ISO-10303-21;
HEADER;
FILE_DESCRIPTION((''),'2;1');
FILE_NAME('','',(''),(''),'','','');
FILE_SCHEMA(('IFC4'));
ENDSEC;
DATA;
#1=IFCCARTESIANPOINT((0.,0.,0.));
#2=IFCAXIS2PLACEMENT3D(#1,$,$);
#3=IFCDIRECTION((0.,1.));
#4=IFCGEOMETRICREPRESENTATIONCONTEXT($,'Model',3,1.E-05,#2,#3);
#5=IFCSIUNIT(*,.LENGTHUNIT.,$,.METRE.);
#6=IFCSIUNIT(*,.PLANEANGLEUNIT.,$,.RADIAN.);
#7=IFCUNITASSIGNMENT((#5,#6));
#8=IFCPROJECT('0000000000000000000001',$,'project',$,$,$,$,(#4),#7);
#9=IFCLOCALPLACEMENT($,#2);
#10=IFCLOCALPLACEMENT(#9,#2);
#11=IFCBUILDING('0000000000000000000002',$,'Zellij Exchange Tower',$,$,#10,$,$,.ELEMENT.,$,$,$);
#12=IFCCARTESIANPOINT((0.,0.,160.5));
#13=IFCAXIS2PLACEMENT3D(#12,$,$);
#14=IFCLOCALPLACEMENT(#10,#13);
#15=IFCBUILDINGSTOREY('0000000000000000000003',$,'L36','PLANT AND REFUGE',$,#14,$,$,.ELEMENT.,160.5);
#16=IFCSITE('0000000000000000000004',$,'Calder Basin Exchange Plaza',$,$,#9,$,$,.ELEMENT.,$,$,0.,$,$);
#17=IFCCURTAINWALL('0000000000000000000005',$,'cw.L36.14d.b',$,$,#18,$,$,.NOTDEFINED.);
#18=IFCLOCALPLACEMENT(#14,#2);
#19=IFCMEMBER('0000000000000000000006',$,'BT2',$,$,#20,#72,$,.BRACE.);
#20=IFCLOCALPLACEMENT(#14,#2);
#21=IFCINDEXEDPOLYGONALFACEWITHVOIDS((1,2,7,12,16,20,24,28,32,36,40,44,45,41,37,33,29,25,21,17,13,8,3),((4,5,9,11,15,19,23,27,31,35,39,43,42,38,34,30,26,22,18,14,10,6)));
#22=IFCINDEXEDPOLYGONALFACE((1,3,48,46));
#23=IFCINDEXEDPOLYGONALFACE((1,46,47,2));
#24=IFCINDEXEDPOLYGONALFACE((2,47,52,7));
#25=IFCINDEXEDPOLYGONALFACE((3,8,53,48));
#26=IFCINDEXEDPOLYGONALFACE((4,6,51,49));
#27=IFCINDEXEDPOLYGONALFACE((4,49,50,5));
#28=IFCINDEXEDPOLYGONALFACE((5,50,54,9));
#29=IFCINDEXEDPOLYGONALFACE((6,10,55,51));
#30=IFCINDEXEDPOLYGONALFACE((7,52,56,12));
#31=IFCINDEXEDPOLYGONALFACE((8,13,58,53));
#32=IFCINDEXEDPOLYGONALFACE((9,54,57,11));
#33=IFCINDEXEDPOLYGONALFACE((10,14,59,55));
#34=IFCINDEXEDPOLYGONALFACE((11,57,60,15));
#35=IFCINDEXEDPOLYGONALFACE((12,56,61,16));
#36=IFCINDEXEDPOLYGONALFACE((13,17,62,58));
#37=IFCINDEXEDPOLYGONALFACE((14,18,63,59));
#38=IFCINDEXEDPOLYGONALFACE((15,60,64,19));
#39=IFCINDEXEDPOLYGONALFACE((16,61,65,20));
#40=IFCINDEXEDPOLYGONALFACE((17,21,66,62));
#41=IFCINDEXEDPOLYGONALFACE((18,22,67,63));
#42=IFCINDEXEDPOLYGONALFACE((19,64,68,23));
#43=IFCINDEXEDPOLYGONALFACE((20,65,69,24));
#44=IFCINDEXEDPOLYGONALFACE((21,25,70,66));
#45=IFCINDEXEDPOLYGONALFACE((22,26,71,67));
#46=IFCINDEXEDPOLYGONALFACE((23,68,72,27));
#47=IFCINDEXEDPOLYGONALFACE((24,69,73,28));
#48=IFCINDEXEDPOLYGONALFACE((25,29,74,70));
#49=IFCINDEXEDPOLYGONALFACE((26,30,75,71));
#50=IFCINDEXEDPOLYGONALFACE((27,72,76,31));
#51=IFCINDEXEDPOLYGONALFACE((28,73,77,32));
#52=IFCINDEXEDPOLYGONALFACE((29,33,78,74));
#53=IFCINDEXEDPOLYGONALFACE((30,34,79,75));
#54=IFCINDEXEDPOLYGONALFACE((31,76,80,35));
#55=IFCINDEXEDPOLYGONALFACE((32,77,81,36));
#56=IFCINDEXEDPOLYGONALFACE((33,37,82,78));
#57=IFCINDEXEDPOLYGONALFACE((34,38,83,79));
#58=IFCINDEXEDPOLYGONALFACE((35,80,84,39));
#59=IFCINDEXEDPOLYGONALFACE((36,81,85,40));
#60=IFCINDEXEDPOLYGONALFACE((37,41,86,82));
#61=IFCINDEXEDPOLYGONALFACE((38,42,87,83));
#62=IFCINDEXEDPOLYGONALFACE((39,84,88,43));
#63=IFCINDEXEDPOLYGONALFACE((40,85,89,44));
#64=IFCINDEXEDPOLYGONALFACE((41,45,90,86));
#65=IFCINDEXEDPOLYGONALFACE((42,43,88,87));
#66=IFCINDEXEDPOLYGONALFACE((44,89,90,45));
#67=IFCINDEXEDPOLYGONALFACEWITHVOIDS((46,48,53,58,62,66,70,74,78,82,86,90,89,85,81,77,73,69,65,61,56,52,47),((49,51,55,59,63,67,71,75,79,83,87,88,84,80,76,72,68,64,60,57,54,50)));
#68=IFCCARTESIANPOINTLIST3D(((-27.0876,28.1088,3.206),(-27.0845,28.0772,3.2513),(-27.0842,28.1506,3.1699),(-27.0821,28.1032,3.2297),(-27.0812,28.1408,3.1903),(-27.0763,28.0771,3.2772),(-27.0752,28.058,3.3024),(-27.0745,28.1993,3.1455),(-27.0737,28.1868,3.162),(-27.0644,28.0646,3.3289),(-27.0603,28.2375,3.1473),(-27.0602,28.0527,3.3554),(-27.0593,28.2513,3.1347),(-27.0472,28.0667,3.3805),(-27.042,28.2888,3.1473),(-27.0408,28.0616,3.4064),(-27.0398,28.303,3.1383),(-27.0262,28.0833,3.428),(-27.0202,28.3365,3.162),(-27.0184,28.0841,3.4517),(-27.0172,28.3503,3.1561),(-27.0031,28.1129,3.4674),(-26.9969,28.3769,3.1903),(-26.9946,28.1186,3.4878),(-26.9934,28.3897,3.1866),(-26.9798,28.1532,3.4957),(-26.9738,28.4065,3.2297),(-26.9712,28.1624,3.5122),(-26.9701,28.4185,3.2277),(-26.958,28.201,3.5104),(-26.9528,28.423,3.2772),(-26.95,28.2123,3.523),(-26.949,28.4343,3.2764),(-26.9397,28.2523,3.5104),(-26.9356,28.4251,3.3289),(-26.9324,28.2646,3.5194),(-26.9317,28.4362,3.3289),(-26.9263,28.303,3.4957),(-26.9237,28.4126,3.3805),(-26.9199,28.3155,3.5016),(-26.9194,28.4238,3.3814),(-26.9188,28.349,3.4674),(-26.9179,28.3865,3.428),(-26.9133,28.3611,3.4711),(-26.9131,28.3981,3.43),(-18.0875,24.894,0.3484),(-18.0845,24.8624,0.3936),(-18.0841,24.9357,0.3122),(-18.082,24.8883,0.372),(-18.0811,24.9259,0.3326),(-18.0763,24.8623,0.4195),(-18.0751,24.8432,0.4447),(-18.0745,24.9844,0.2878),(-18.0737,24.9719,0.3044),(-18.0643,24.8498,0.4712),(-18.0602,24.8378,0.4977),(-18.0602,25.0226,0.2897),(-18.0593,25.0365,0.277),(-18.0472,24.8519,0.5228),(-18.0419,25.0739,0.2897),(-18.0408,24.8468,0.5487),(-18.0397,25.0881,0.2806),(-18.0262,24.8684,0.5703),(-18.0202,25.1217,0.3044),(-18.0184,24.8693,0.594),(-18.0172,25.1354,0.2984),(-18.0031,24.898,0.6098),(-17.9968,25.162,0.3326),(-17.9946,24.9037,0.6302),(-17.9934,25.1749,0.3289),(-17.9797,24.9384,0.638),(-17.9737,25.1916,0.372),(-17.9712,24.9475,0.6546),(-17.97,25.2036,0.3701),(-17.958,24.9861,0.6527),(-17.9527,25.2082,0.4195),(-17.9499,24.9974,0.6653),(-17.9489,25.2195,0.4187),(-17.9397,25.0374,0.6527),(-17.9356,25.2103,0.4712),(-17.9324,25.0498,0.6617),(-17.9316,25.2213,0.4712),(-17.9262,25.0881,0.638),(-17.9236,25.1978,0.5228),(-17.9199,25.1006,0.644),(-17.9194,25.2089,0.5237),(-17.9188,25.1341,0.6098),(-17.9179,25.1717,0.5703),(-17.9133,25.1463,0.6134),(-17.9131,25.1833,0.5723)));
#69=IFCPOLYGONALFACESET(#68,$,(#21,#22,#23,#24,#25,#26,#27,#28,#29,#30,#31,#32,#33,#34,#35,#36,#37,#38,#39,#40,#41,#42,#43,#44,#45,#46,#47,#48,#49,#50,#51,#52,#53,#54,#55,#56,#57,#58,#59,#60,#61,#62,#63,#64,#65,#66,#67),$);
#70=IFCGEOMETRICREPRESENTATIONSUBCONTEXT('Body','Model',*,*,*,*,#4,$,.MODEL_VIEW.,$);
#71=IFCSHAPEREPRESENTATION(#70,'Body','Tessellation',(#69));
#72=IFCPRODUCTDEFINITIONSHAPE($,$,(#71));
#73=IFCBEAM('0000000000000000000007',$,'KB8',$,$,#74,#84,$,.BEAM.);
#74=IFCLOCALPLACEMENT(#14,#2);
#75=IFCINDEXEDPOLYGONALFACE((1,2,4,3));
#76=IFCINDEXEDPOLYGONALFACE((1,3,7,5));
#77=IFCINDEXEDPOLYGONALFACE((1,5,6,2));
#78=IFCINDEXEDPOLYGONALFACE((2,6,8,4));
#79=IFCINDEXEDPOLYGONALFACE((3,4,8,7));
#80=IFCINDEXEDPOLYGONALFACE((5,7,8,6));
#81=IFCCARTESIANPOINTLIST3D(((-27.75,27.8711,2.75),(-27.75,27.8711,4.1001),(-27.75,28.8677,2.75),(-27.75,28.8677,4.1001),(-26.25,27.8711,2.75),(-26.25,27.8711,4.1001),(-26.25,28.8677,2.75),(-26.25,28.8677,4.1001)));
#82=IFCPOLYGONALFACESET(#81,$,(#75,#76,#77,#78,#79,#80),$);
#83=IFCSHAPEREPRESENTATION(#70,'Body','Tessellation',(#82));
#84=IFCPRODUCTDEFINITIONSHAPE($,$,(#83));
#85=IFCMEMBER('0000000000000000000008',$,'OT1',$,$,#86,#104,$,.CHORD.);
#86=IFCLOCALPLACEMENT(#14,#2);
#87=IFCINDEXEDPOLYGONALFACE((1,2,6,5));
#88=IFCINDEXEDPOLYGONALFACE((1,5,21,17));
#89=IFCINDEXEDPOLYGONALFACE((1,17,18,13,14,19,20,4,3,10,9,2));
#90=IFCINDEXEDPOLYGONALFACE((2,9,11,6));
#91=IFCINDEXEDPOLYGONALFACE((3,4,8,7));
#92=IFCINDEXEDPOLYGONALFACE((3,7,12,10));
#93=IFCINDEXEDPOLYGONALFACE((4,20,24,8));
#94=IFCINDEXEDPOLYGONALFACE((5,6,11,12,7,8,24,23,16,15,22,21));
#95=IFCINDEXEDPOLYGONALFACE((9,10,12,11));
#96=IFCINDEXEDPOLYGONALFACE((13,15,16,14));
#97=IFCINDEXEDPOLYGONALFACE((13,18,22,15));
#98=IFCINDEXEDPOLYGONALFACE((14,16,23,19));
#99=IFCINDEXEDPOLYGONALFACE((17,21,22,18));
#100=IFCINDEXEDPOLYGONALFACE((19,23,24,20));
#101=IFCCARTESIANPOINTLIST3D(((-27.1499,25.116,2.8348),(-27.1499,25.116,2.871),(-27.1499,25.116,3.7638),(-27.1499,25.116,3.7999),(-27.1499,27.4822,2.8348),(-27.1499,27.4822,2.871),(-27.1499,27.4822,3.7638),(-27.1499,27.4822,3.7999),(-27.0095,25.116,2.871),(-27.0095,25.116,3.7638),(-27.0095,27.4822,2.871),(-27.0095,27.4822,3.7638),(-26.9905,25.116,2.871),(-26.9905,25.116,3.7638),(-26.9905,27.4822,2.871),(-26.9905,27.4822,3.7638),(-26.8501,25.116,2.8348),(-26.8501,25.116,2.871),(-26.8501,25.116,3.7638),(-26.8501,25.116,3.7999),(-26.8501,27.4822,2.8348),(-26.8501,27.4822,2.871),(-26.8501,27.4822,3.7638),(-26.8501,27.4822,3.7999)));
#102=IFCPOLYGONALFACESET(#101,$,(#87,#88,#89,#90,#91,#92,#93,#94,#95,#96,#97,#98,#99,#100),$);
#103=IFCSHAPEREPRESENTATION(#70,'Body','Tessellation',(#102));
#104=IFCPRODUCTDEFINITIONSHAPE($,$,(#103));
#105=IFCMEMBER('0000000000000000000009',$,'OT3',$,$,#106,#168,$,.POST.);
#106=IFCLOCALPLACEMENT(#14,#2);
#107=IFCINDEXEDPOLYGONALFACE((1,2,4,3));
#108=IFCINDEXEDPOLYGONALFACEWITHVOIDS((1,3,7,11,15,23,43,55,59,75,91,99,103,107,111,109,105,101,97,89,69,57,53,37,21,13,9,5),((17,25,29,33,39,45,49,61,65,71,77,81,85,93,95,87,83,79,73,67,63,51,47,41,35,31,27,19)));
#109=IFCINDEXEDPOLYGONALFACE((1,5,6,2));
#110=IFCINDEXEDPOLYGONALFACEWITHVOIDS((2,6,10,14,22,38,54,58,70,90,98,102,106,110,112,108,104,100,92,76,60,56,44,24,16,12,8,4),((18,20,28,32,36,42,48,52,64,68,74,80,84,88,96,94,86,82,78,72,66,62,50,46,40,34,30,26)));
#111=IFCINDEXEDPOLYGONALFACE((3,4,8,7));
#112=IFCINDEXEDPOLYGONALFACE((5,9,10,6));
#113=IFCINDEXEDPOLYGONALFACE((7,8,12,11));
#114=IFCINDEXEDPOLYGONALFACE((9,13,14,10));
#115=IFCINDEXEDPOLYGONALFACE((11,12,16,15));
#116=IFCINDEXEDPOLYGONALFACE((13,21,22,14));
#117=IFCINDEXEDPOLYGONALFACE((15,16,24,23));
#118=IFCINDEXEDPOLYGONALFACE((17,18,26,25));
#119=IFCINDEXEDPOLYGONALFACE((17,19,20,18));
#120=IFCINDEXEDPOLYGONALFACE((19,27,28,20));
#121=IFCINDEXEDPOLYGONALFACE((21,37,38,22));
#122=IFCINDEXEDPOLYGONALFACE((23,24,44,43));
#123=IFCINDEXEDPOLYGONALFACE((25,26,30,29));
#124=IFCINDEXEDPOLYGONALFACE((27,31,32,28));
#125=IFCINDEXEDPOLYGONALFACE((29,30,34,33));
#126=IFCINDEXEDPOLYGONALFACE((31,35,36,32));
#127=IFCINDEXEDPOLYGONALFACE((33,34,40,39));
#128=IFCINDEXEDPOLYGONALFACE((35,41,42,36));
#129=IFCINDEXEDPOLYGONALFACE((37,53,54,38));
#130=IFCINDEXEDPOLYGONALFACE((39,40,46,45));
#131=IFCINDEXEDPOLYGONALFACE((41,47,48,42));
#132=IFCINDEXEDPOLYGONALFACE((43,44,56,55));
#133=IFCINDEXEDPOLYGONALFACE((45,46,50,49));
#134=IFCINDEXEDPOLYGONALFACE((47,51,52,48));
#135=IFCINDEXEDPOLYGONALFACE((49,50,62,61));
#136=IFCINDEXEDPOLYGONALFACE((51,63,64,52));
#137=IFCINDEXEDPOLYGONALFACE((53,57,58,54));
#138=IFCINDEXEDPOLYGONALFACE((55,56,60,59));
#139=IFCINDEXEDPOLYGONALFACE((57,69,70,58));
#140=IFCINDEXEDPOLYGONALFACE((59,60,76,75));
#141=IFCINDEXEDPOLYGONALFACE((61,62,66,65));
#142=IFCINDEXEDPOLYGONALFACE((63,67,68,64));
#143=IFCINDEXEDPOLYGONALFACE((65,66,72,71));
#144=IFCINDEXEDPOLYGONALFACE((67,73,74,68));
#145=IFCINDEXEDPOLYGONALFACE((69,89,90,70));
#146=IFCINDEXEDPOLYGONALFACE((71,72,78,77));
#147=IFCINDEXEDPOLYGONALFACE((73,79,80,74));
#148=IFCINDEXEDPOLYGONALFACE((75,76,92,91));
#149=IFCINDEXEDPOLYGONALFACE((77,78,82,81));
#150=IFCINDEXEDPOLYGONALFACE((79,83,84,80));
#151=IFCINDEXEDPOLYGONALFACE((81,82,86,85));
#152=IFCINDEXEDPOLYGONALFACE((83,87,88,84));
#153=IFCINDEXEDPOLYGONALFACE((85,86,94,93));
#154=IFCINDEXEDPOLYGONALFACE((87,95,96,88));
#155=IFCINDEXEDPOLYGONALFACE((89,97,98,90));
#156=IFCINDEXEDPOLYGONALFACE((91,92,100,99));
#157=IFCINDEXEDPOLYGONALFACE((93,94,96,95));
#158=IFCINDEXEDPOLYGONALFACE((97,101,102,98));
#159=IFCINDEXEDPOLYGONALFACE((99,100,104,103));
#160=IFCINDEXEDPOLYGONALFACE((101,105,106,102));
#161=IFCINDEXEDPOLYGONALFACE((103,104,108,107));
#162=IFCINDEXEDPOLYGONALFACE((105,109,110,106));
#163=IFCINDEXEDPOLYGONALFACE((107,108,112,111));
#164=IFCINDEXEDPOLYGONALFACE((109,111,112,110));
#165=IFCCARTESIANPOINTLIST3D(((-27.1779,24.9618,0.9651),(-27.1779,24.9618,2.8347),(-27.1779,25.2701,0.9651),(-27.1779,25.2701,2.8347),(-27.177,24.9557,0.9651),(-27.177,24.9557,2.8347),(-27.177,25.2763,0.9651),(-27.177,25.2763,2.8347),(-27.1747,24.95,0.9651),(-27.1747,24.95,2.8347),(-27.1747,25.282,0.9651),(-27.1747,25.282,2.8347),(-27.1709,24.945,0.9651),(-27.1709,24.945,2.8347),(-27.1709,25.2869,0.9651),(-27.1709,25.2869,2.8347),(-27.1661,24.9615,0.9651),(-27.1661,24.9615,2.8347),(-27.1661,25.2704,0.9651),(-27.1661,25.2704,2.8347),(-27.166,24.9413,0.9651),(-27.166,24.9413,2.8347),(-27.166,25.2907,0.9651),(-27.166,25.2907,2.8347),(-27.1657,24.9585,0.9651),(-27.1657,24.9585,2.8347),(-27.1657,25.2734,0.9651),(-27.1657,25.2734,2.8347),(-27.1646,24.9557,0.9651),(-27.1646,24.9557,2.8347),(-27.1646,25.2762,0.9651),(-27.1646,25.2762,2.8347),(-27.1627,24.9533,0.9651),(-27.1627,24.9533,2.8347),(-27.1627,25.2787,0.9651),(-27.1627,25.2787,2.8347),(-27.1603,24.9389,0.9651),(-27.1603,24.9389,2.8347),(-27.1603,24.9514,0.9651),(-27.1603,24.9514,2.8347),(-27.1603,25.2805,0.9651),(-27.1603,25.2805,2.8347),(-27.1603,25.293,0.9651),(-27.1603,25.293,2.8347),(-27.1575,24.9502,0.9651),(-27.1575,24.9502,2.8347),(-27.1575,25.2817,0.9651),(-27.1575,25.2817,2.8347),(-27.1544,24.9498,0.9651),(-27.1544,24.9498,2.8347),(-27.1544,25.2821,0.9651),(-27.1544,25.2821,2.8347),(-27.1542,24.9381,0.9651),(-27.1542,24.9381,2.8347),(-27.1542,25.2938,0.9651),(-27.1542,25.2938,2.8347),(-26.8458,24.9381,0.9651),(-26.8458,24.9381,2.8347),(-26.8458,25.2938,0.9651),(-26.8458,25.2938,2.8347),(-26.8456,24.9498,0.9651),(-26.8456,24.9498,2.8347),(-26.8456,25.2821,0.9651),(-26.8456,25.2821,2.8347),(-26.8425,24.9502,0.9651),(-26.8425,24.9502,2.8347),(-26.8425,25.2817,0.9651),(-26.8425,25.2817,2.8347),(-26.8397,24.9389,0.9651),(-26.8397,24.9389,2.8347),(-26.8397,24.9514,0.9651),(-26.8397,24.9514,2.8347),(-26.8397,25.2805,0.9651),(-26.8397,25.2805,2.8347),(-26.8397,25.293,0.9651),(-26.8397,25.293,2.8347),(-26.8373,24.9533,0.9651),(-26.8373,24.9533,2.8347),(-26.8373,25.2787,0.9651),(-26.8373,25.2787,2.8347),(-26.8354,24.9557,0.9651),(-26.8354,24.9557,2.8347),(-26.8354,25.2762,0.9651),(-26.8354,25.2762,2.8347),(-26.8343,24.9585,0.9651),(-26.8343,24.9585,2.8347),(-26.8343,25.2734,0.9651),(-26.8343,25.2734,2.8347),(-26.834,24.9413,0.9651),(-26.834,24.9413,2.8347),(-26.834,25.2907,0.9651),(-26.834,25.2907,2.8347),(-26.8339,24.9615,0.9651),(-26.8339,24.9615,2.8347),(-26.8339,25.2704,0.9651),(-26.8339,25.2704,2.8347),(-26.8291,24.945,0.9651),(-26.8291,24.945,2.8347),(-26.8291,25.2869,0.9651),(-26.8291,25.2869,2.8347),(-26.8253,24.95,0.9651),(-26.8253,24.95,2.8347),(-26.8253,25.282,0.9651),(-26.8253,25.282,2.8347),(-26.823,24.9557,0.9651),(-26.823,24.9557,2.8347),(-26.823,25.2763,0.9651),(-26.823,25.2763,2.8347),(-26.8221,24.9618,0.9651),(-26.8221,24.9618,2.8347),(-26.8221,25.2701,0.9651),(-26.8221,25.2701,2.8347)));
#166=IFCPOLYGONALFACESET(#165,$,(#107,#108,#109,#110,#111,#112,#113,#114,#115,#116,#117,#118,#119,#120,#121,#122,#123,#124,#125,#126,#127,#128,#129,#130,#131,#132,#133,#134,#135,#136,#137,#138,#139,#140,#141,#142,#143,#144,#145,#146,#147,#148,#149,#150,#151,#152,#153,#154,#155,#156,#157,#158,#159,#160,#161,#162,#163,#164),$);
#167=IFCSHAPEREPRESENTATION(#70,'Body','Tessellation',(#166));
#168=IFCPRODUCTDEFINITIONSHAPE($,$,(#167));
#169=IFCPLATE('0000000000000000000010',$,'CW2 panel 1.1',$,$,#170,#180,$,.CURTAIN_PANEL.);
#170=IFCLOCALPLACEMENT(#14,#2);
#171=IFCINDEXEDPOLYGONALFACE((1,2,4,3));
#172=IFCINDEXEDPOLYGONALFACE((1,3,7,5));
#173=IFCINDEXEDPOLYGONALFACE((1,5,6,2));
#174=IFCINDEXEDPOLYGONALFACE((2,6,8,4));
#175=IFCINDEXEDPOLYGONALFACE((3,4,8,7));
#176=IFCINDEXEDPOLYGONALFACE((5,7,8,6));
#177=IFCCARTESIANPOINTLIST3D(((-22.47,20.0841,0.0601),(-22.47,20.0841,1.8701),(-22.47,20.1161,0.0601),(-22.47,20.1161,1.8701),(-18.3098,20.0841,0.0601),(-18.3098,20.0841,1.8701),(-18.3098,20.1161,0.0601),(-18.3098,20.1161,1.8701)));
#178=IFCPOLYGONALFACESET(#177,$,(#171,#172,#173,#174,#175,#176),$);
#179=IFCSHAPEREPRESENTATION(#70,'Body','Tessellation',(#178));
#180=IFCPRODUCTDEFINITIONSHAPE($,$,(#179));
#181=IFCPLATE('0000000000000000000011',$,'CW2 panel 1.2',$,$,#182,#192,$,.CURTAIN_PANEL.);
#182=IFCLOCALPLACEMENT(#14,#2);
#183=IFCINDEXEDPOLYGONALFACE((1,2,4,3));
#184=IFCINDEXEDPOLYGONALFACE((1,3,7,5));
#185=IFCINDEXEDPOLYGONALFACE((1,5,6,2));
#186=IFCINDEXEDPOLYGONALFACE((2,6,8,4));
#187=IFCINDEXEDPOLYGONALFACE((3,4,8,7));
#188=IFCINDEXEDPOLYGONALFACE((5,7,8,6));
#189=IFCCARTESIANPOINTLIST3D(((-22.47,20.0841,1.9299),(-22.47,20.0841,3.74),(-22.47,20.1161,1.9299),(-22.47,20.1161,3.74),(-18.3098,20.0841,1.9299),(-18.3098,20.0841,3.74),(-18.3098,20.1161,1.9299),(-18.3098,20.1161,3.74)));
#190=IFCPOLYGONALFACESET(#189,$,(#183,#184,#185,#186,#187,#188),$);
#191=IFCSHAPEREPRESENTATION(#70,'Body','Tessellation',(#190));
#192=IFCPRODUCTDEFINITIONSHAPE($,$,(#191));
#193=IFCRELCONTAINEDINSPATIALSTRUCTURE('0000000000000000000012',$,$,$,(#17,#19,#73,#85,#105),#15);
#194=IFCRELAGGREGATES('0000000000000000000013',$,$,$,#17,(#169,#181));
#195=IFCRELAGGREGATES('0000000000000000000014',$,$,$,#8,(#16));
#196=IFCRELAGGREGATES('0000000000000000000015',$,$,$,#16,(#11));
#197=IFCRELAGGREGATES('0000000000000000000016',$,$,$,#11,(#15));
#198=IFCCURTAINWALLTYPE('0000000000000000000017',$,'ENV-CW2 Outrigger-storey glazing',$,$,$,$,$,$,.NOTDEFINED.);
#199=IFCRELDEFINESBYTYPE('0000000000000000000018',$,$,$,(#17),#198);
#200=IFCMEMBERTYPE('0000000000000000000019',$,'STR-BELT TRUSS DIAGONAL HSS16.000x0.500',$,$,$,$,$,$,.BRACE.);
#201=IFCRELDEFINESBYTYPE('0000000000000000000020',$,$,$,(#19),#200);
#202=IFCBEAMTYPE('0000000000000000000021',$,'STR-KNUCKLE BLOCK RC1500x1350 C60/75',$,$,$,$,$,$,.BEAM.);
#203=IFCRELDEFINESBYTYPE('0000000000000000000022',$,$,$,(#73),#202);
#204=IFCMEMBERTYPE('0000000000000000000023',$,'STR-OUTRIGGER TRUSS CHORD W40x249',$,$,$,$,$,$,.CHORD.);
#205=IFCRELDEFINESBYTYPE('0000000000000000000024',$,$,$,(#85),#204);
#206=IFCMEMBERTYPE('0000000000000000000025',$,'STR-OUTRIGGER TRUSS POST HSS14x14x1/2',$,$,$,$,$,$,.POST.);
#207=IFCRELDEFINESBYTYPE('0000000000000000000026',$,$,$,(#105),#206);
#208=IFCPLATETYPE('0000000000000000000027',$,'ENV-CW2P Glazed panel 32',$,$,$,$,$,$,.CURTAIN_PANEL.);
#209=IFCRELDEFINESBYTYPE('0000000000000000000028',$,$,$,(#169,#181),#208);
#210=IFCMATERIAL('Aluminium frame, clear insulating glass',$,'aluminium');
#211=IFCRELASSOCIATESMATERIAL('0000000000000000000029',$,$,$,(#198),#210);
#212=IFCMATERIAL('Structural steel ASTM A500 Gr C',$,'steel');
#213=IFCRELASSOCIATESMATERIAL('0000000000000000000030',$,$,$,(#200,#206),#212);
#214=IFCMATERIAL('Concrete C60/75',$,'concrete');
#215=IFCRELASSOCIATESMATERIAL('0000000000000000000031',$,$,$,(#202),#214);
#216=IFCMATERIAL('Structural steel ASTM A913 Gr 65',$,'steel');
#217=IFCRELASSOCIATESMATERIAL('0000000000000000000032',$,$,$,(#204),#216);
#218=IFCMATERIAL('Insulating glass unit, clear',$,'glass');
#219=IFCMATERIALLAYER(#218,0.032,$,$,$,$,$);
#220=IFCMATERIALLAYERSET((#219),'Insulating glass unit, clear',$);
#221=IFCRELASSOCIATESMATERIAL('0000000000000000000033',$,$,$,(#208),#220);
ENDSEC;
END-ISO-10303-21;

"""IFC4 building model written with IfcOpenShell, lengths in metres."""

from ifc_helpers import new_model, si_unit, direction, frame, origin, origin_2d, place, context, subcontext, project, spatial, rectangle, hollow_rectangle, hollow_circle, i_section, extrude, material, layer, layer_set, material_profile, profile_set, type_object, element, aggregate, save


model = new_model("IFC4")

# Units and contexts
model_context = context("Model", 3, precision=1e-05, world=origin(), true_north=direction((0.0, 1.0)))
body_context = subcontext(model_context, "Body", "Model", "MODEL_VIEW")
ifc_project = project(units=[si_unit("LENGTHUNIT", "METRE"), si_unit("PLANEANGLEUNIT", "RADIAN")], contexts=[model_context])

# Site, building, storey
site_placement = place(None, origin())
site = spatial("IfcSite", under=ifc_project, at=site_placement, Name="Calder Basin Exchange Plaza", CompositionType="ELEMENT", RefElevation=0.0)
building_placement = place(site_placement, origin())
building = spatial("IfcBuilding", under=site, at=building_placement, Name="Zellij Exchange Tower", CompositionType="ELEMENT")
storey_placement = place(building_placement, frame((0.0, 0.0, 160.5)))
storey = spatial("IfcBuildingStorey", under=building, at=storey_placement, Name="L36", Description="PLANT AND REFUGE", CompositionType="ELEMENT", Elevation=160.5)

# Shared definitions
ifc_material_1 = material(Name="Concrete C60/75", Category="concrete")

# Curtain wall
ifc_material_2 = material(Name="Aluminium frame, clear insulating glass", Category="aluminium")
curtain_wall_type = type_object("IfcCurtainWallType", Name="ENV-CW2 Outrigger-storey glazing", PredefinedType="NOTDEFINED", material=ifc_material_2)
curtain_wall_placement = place(storey_placement, origin())
curtain_wall = element("IfcCurtainWall", 1, at=curtain_wall_placement, inside=storey, type_object=curtain_wall_type, Name="cw.L36.14d.b", PredefinedType="NOTDEFINED")

# Member
ifc_material_3 = material(Name="Structural steel ASTM A500 Gr C", Category="steel")
ifc_material_profile_1 = material_profile(ifc_material_3, hollow_circle(Radius=0.2031, WallThickness=0.0117, at=origin_2d()), Name="STR-BELT TRUSS DIAGONAL HSS16.000x0.500")
ifc_profile_set_1 = profile_set([ifc_material_profile_1], Name="Structural steel ASTM A500 Gr C")
member_type_1 = type_object("IfcMemberType", Name="STR-BELT TRUSS DIAGONAL HSS16.000x0.500", PredefinedType="BRACE", material=ifc_profile_set_1)
member_1_placement = place(storey_placement, frame((-27.0, 28.2449, 3.3289), z_axis=(0.902252, -0.322289, -0.286482), x_axis=(0.336388, 0.941723, 0.0)))
element("IfcMember", 2, at=member_1_placement, inside=storey, type_object=member_type_1, Name="BT2", PredefinedType="BRACE", context=body_context, shape_type="SweptSolid", body=[
    extrude(hollow_circle(Radius=0.2031, WallThickness=0.0117, at=origin_2d()), origin(), (0.0, 0.0, 1.0), 9.9751),
])

# Beam
ifc_material_profile_2 = material_profile(ifc_material_1, rectangle(XDim=1.5, YDim=1.3501, at=origin_2d()), Name="STR-KNUCKLE BLOCK RC1500x1350 C60/75")
ifc_profile_set_2 = profile_set([ifc_material_profile_2], Name="Concrete C60/75")
beam_type = type_object("IfcBeamType", Name="STR-KNUCKLE BLOCK RC1500x1350 C60/75", PredefinedType="BEAM", material=ifc_profile_set_2)
beam_placement = place(storey_placement, frame((-27.0, 27.8711, 3.425), z_axis=(0.0, 1.0, 0.0), x_axis=(-1.0, 0.0, 0.0)))
element("IfcBeam", 3, at=beam_placement, inside=storey, type_object=beam_type, Name="KB8", PredefinedType="BEAM", context=body_context, shape_type="SweptSolid", body=[
    extrude(rectangle(XDim=1.5, YDim=1.3501, at=origin_2d()), origin(), (0.0, 0.0, 1.0), 0.9966),
])

# Members
ifc_material_4 = material(Name="Structural steel ASTM A913 Gr 65", Category="steel")
ifc_material_profile_3 = material_profile(ifc_material_4, i_section(OverallWidth=0.2998, OverallDepth=0.9651, WebThickness=0.019, FlangeThickness=0.0361, at=origin_2d()), Name="W40x249")
ifc_profile_set_3 = profile_set([ifc_material_profile_3], Name="Structural steel ASTM A913 Gr 65")
member_type_2 = type_object("IfcMemberType", Name="STR-OUTRIGGER TRUSS CHORD W40x249", PredefinedType="CHORD", material=ifc_profile_set_3)
member_2_placement = place(storey_placement, frame((-27.0, 25.116, 3.3174), z_axis=(0.0, 1.0, 0.0), x_axis=(-1.0, 0.0, 0.0)))
element("IfcMember", 4, at=member_2_placement, inside=storey, type_object=member_type_2, Name="OT1", PredefinedType="CHORD", context=body_context, shape_type="SweptSolid", body=[
    extrude(i_section(OverallWidth=0.2998, OverallDepth=0.9651, WebThickness=0.019, FlangeThickness=0.0361, at=origin_2d()), origin(), (0.0, 0.0, 1.0), 2.3662),
])
ifc_material_profile_4 = material_profile(ifc_material_3, hollow_rectangle(XDim=0.3557, YDim=0.3557, WallThickness=0.0117, InnerFilletRadius=0.0117, OuterFilletRadius=0.0237, at=origin_2d()), Name="STR-OUTRIGGER TRUSS POST HSS14x14x1/2")
ifc_profile_set_4 = profile_set([ifc_material_profile_4], Name="Structural steel ASTM A500 Gr C")
member_type_3 = type_object("IfcMemberType", Name="STR-OUTRIGGER TRUSS POST HSS14x14x1/2", PredefinedType="POST", material=ifc_profile_set_4)
member_3_placement = place(storey_placement, frame((-27.0, 25.116, 0.9651), z_axis=(0.0, 0.0, 1.0), x_axis=(1.0, 0.0, 0.0)))
element("IfcMember", 5, at=member_3_placement, inside=storey, type_object=member_type_3, Name="OT3", PredefinedType="POST", context=body_context, shape_type="SweptSolid", body=[
    extrude(hollow_rectangle(XDim=0.3557, YDim=0.3557, WallThickness=0.0117, InnerFilletRadius=0.0117, OuterFilletRadius=0.0237, at=origin_2d()), origin(), (0.0, 0.0, 1.0), 1.8696),
])

# Plates
ifc_material_5 = material(Name="Insulating glass unit, clear", Category="glass")
ifc_layer_1 = layer(ifc_material_5, 0.032)
ifc_layer_set_1 = layer_set([ifc_layer_1], Name="Insulating glass unit, clear")
plate_type = type_object("IfcPlateType", Name="ENV-CW2P Glazed panel 32", PredefinedType="CURTAIN_PANEL", material=ifc_layer_set_1)
plate_1_placement = place(storey_placement, frame((-20.3899, 20.1001, 0.0601), z_axis=(0.0, 0.0, 1.0), x_axis=(-1.0, 0.0, 0.0)))
plate_1 = element("IfcPlate", 6, at=plate_1_placement, type_object=plate_type, Name="CW2 panel 1.1", PredefinedType="CURTAIN_PANEL", context=body_context, shape_type="SweptSolid", body=[
    extrude(rectangle(XDim=4.1602, YDim=0.032, at=origin_2d()), origin(), (0.0, 0.0, 1.0), 1.8101),
])
plate_2_placement = place(storey_placement, frame((-20.3899, 20.1001, 1.9299), z_axis=(0.0, 0.0, 1.0), x_axis=(-1.0, 0.0, 0.0)))
plate_2 = element("IfcPlate", 7, at=plate_2_placement, type_object=plate_type, Name="CW2 panel 1.2", PredefinedType="CURTAIN_PANEL", context=body_context, shape_type="SweptSolid", body=[
    extrude(rectangle(XDim=4.1602, YDim=0.032, at=origin_2d()), origin(), (0.0, 0.0, 1.0), 1.8101),
])
aggregate(curtain_wall, [plate_1, plate_2])

save(model, "model.ifc")
